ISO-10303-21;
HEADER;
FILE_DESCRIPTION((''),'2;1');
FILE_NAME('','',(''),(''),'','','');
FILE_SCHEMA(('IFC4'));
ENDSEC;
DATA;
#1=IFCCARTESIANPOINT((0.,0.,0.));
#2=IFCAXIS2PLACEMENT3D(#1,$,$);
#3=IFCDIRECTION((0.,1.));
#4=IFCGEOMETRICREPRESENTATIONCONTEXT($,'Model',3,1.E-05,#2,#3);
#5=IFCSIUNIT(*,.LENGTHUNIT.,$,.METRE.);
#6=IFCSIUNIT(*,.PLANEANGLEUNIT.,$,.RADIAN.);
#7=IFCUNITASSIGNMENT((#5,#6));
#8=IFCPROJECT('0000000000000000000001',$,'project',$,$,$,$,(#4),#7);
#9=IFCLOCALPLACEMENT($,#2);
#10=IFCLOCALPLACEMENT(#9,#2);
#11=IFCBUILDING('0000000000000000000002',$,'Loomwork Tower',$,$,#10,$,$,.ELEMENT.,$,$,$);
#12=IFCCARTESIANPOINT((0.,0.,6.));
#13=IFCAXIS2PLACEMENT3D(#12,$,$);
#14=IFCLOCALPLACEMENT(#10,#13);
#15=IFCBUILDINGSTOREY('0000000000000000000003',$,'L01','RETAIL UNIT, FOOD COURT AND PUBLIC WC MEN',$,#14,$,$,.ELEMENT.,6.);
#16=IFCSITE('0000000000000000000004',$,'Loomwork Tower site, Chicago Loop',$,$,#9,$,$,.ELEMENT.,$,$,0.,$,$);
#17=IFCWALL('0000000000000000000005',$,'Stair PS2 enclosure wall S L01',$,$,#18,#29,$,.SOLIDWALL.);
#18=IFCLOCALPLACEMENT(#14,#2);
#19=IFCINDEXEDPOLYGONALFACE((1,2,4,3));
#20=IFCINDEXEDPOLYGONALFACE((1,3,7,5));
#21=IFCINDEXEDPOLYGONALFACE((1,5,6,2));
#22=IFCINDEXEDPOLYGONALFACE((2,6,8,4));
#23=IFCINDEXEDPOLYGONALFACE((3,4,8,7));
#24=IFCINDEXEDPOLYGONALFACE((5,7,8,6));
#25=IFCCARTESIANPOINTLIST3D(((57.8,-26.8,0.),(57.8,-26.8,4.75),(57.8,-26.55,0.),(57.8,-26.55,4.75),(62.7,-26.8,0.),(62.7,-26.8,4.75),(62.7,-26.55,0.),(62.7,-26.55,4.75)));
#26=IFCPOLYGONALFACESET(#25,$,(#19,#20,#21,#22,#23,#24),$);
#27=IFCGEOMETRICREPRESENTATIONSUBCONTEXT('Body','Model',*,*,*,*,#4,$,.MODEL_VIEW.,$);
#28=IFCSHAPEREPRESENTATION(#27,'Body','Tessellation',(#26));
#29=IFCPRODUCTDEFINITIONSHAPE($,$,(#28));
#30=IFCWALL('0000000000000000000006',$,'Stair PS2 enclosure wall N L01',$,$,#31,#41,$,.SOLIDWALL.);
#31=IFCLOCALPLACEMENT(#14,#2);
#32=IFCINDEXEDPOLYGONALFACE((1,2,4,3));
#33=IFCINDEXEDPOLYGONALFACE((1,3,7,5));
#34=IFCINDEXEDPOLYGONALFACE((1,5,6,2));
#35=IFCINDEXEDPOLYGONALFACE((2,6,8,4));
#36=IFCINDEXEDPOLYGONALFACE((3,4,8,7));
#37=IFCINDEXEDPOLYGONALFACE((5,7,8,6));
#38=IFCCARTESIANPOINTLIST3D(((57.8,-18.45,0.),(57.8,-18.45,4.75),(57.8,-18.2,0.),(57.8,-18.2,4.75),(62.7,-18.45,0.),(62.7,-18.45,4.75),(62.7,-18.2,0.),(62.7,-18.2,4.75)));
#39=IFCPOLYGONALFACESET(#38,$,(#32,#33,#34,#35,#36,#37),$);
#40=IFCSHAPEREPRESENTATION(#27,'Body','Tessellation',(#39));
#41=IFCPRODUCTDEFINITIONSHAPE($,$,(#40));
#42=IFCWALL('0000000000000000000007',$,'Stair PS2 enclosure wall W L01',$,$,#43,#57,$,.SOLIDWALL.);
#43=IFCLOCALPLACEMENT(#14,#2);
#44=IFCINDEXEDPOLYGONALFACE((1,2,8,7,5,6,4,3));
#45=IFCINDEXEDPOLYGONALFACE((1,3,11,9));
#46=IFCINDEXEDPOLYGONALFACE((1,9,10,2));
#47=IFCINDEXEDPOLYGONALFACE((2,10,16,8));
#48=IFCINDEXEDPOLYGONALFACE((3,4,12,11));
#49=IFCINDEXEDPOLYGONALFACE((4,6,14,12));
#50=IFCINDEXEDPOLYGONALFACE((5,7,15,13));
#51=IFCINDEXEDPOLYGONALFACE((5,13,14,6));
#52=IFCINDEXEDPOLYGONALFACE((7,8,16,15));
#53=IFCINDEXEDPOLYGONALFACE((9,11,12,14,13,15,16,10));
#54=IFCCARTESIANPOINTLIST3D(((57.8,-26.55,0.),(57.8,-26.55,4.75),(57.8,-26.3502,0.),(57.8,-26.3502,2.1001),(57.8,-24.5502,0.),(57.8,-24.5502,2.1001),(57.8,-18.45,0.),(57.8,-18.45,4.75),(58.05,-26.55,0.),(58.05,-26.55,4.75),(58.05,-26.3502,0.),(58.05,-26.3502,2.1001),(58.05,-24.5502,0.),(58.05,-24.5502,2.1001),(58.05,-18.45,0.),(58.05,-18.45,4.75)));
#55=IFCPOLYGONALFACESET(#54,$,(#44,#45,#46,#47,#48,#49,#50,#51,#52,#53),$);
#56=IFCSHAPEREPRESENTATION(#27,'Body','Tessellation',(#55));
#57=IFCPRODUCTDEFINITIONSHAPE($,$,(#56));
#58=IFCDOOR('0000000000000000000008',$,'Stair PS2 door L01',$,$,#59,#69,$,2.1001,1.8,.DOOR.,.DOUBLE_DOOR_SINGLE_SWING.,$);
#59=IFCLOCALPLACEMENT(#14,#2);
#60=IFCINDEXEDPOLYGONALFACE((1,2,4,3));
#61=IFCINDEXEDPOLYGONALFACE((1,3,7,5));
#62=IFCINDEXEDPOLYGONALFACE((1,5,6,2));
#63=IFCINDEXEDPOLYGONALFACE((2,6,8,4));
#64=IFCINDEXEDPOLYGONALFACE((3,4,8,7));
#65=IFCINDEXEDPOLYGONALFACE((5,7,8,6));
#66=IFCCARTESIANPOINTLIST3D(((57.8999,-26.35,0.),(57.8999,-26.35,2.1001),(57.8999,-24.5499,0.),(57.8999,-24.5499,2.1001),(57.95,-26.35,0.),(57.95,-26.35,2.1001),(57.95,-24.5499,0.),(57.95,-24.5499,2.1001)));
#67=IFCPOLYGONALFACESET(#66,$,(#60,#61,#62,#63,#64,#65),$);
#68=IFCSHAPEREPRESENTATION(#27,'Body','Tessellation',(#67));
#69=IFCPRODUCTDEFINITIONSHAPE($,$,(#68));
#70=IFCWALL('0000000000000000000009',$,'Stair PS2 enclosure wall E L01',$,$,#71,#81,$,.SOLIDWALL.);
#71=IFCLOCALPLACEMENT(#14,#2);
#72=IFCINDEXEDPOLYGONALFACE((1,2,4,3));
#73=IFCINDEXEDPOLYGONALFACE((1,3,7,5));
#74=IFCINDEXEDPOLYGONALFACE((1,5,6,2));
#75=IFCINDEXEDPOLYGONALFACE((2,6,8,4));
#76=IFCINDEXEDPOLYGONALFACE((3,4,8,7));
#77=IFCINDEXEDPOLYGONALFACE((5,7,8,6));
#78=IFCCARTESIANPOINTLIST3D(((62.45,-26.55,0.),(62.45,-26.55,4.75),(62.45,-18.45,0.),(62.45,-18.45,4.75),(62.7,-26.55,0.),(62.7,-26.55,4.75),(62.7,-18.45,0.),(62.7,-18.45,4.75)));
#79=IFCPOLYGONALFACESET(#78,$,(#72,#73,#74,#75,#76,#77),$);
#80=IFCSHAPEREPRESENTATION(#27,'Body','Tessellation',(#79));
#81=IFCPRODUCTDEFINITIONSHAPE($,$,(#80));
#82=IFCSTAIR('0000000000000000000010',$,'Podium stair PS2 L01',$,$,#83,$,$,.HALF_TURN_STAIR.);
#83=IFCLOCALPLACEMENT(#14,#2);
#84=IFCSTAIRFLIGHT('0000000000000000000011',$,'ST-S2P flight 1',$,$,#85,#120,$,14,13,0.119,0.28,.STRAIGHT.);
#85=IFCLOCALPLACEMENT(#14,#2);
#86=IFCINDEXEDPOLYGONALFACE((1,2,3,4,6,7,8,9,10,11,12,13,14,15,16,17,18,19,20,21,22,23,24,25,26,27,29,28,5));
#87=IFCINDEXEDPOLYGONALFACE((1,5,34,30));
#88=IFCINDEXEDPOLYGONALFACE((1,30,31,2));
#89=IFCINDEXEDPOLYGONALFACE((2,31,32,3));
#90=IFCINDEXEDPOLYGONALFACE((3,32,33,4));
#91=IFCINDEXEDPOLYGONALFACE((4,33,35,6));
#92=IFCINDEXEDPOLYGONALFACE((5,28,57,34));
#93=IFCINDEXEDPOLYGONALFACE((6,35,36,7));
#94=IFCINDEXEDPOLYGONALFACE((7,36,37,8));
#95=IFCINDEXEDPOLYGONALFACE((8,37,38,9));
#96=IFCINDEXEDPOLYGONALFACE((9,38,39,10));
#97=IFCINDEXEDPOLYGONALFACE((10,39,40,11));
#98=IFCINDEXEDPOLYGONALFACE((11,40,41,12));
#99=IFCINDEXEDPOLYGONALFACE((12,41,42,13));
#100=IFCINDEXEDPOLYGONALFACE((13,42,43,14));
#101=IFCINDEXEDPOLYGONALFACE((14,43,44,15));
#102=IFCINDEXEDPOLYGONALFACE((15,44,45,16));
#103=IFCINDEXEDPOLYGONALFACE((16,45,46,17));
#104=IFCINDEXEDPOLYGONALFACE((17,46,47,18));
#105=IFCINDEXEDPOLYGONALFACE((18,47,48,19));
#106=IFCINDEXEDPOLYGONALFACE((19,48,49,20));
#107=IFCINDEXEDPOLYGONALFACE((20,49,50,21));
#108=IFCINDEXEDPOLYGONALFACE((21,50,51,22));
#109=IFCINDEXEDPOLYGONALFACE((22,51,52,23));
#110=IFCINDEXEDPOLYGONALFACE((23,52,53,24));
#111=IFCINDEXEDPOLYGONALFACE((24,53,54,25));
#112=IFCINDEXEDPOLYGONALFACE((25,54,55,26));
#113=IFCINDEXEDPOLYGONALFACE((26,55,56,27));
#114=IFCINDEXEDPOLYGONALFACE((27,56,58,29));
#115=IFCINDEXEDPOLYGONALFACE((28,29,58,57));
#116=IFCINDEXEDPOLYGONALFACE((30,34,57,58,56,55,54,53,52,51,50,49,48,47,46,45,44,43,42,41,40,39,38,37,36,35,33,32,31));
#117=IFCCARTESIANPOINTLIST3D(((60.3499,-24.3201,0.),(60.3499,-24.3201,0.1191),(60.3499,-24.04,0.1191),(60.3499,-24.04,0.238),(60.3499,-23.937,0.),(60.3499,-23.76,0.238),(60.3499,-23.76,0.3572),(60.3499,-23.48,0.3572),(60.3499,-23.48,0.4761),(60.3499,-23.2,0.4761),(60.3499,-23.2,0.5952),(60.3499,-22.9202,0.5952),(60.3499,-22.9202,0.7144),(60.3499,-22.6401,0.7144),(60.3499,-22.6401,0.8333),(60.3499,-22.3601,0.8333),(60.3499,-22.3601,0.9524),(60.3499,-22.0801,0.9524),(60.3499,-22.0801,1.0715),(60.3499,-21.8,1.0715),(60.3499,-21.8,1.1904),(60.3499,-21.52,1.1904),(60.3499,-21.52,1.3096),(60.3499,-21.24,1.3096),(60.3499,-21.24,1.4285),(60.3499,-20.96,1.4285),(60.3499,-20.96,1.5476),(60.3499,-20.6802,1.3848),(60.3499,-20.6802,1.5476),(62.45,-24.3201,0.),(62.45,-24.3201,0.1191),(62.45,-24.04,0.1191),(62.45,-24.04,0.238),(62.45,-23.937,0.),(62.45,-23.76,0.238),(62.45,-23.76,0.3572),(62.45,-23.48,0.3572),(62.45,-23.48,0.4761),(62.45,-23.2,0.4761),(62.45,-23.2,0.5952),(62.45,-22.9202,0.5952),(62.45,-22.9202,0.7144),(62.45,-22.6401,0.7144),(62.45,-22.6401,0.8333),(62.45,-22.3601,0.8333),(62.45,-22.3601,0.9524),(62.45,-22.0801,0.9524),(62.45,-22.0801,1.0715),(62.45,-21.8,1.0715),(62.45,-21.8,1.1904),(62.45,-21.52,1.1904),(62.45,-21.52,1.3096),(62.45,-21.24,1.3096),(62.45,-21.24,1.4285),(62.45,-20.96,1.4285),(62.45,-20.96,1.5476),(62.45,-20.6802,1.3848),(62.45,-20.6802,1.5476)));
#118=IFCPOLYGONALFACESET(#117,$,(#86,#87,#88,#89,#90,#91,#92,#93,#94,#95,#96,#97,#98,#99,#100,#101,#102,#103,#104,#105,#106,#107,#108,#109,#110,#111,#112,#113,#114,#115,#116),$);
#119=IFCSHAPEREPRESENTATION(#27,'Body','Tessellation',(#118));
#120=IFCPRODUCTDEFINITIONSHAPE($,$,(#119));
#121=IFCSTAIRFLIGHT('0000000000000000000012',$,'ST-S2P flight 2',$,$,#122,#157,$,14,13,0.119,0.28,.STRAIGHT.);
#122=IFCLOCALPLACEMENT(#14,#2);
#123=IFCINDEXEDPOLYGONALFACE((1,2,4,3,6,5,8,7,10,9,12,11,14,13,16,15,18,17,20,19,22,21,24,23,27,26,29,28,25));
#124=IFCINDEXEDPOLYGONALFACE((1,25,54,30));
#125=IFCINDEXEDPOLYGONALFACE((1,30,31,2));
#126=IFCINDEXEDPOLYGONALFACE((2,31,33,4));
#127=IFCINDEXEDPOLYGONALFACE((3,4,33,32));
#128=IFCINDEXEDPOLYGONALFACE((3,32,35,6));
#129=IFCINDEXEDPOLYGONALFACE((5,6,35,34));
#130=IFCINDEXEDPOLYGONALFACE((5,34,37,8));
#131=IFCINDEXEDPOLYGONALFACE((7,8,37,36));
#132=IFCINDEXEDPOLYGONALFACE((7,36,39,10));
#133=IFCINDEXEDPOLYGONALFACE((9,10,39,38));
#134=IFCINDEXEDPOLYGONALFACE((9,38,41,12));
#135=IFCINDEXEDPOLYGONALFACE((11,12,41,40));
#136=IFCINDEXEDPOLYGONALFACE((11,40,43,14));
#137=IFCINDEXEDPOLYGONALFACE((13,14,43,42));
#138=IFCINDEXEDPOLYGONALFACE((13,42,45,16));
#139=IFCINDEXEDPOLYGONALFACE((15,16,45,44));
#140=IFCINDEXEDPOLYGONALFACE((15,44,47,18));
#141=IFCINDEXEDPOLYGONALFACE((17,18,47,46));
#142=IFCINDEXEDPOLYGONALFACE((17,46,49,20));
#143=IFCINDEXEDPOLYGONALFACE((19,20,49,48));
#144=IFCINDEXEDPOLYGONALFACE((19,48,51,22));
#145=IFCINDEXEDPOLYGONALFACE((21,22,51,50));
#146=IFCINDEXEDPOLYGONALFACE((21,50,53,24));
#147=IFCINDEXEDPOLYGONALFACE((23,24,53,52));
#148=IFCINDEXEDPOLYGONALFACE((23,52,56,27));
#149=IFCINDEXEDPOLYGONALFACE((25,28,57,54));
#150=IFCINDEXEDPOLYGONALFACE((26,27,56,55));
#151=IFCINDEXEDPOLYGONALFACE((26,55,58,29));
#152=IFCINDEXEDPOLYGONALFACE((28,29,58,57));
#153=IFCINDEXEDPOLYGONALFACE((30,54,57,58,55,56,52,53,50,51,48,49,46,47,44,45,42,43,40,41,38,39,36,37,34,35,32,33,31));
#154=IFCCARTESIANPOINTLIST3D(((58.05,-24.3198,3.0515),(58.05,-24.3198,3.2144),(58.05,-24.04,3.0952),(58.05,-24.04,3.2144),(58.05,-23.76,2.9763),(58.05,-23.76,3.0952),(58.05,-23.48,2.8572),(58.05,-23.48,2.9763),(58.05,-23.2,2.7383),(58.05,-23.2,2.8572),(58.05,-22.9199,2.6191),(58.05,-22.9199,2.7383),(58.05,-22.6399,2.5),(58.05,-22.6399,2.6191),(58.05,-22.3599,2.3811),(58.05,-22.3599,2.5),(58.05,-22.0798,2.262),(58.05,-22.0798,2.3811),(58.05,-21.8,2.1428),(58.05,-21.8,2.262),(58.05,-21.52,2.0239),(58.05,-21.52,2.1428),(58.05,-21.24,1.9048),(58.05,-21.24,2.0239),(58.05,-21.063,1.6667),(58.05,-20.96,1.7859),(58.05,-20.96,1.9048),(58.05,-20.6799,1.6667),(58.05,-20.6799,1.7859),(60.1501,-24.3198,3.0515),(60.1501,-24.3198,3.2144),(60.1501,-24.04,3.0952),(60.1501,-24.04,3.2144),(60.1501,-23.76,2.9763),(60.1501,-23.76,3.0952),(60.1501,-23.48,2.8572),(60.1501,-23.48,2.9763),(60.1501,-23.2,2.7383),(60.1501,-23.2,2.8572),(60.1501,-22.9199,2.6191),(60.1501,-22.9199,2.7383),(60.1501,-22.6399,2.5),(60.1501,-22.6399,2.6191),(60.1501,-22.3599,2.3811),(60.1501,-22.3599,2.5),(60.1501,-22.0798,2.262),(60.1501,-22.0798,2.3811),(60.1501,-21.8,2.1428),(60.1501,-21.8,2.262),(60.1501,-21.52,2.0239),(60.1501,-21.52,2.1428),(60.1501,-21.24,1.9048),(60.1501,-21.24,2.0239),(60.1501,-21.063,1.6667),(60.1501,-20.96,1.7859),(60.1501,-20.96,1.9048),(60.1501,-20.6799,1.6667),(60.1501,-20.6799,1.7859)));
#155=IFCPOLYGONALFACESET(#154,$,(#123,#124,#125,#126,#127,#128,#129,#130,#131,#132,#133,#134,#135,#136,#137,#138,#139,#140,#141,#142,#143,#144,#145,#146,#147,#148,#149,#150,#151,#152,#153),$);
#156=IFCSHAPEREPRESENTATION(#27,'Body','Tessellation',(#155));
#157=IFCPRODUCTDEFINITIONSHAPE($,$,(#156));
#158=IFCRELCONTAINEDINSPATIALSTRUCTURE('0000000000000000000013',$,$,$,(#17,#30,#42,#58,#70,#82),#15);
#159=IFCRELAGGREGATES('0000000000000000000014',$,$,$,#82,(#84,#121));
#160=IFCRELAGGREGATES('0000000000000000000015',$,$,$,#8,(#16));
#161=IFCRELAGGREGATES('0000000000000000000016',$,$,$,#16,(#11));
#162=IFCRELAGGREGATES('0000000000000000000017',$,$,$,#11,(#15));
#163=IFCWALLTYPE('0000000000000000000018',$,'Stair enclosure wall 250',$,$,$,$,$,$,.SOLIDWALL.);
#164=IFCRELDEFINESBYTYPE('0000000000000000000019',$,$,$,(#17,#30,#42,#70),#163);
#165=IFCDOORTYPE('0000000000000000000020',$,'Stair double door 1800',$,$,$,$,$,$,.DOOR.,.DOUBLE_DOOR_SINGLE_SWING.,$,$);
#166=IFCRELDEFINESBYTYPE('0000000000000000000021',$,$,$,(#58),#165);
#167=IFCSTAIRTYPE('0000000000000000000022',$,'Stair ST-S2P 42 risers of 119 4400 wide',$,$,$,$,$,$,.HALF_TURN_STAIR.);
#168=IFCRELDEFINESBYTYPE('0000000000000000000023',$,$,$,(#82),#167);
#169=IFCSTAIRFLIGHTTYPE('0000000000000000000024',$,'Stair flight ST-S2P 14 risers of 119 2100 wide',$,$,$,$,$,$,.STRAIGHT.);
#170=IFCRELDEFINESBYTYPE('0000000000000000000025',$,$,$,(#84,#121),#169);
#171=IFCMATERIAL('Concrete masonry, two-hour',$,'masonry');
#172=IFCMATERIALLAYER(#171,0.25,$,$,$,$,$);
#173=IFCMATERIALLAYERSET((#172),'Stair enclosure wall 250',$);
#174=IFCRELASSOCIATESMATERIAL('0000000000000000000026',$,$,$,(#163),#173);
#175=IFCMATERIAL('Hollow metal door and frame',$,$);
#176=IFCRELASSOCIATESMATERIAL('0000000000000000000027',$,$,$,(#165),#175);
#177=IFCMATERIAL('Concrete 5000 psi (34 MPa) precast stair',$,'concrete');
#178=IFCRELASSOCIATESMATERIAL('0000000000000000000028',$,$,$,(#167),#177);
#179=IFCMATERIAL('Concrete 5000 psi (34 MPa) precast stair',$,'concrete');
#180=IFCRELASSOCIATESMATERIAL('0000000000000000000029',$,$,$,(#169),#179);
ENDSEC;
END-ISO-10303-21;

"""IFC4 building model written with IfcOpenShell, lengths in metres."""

from ifc_helpers import new_model, si_unit, direction, frame, frame_2d, origin, place, context, subcontext, project, spatial, polyline, rectangle, outline, extrude, material, layer, layer_set, type_object, element, fill, aggregate, save


model = new_model("IFC4")

# Units and contexts
model_context = context("Model", 3, precision=1e-05, world=origin(), true_north=direction((0.0, 1.0)))
body_context = subcontext(model_context, "Body", "Model", "MODEL_VIEW")
ifc_project = project(units=[si_unit("LENGTHUNIT", "METRE"), si_unit("PLANEANGLEUNIT", "RADIAN")], contexts=[model_context])

# Site, building, storey
site_placement = place(None, origin())
site = spatial("IfcSite", under=ifc_project, at=site_placement, Name="Loomwork Tower site, Chicago Loop", CompositionType="ELEMENT", RefElevation=0.0)
building_placement = place(site_placement, origin())
building = spatial("IfcBuilding", under=site, at=building_placement, Name="Loomwork Tower", CompositionType="ELEMENT")
storey_placement = place(building_placement, frame((0.0, 0.0, 6.0)))
storey = spatial("IfcBuildingStorey", under=building, at=storey_placement, Name="L01", Description="RETAIL UNIT, FOOD COURT AND PUBLIC WC MEN", CompositionType="ELEMENT", Elevation=6.0)

# Walls
ifc_material_1 = material(Name="Concrete masonry, two-hour", Category="masonry")
ifc_layer_1 = layer(ifc_material_1, 0.25)
ifc_layer_set_1 = layer_set([ifc_layer_1], Name="Stair enclosure wall 250")
wall_type_1 = type_object("IfcWallType", Name="Stair enclosure wall 250", PredefinedType="SOLIDWALL", material=ifc_layer_set_1)
for number, where, z_axis, x_axis, name in (
    (1, (57.8, -26.675, 0.0), (0.0, 0.0, 1.0), (1.0, 0.0, 0.0), "Stair PS2 enclosure wall S L01"),
    (2, (57.8, -18.325, 0.0), (0.0, 0.0, 1.0), (1.0, 0.0, 0.0), "Stair PS2 enclosure wall N L01"),
):
    element("IfcWall", number, at=place(storey_placement, frame(where, z_axis=z_axis, x_axis=x_axis)), inside=storey, type_object=wall_type_1, Name=name, PredefinedType="SOLIDWALL", context=body_context, shape_type="SweptSolid", body=[
        extrude(rectangle(XDim=4.8999, YDim=0.25, at=frame_2d((2.45, 0.0))), origin(), (0.0, 0.0, 1.0), 4.75),
    ])

# Wall, opening, door
wall_1_placement = place(storey_placement, frame((57.925, -26.55, 0.0), z_axis=(0.0, 0.0, 1.0), x_axis=(0.0, 1.0, 0.0)))
wall_1 = element("IfcWall", 3, at=wall_1_placement, inside=storey, type_object=wall_type_1, Name="Stair PS2 enclosure wall W L01", PredefinedType="SOLIDWALL", context=body_context, shape_type="SweptSolid", body=[
    extrude(rectangle(XDim=8.1001, YDim=0.25, at=frame_2d((4.05, 0.0))), origin(), (0.0, 0.0, 1.0), 4.75),
])
opening_1_placement = place(wall_1_placement, frame((0.2, 0.0, 0.0)))
opening_1 = element("IfcOpeningElement", 4, at=opening_1_placement, cuts=wall_1, PredefinedType="OPENING", context=body_context, shape_type="SweptSolid", body=[
    extrude(rectangle(XDim=1.8, YDim=2.1001, at=frame_2d((0.8999, 1.05))), frame((0.0, 0.135, 0.0), z_axis=(0.0, -1.0, 0.0), x_axis=(1.0, 0.0, 0.0)), (0.0, 0.0, 1.0), 0.27),
])
ifc_material_2 = material(Name="Hollow metal door and frame")
door_type = type_object("IfcDoorType", Name="Stair double door 1800", OperationType="DOUBLE_DOOR_SINGLE_SWING", PredefinedType="DOOR", material=ifc_material_2)
door_placement = place(opening_1_placement, frame((1.8, 0.0, 0.0), z_axis=(0.0, 0.0, 1.0), x_axis=(-1.0, 0.0, 0.0)))
door = element("IfcDoor", 5, at=door_placement, inside=storey, type_object=door_type, Name="Stair PS2 door L01", OperationType="DOUBLE_DOOR_SINGLE_SWING", OverallHeight=2.1001, OverallWidth=1.8, PredefinedType="DOOR", context=body_context, shape_type="SweptSolid", body=[
    extrude(rectangle(XDim=1.8, YDim=2.1001, at=frame_2d((0.8999, 1.05))), frame((0.0, 0.0249, 0.0), z_axis=(0.0, -1.0, 0.0), x_axis=(1.0, 0.0, 0.0)), (0.0, 0.0, 1.0), 0.05),
])
fill(opening_1, door)

# Wall
wall_2_placement = place(storey_placement, frame((62.575, -26.55, 0.0), z_axis=(0.0, 0.0, 1.0), x_axis=(0.0, 1.0, 0.0)))
element("IfcWall", 6, at=wall_2_placement, inside=storey, type_object=wall_type_1, Name="Stair PS2 enclosure wall E L01", PredefinedType="SOLIDWALL", context=body_context, shape_type="SweptSolid", body=[
    extrude(rectangle(XDim=8.1001, YDim=0.25, at=frame_2d((4.05, 0.0))), origin(), (0.0, 0.0, 1.0), 4.75),
])

# Stair, stair flights
ifc_material_3 = material(Name="Concrete 5000 psi (34 MPa) precast stair", Category="concrete")
stair_type = type_object("IfcStairType", Name="Stair ST-S2P 42 risers of 119 4400 wide", PredefinedType="HALF_TURN_STAIR", material=ifc_material_3)
stair_placement = place(storey_placement, origin())
stair = element("IfcStair", 7, at=stair_placement, inside=storey, type_object=stair_type, Name="Podium stair PS2 L01", PredefinedType="HALF_TURN_STAIR")
ifc_material_4 = material(Name="Concrete 5000 psi (34 MPa) precast stair", Category="concrete")
stair_flight_type = type_object("IfcStairFlightType", Name="Stair flight ST-S2P 14 risers of 119 2100 wide", PredefinedType="STRAIGHT", material=ifc_material_4)
stair_flight_1_placement = place(storey_placement, frame((61.3999, -24.3201, 0.0), z_axis=(0.0, 0.0, 1.0), x_axis=(0.0, 1.0, 0.0)))
stair_flight_1 = element("IfcStairFlight", 8, at=stair_flight_1_placement, type_object=stair_flight_type, Name="ST-S2P flight 1", NumberOfRisers=14, NumberOfTreads=13, PredefinedType="STRAIGHT", RiserHeight=0.119, TreadLength=0.28, context=body_context, shape_type="SweptSolid", body=[
    extrude(outline(polyline([(0.0, 0.0), (0.0, 0.1191), (0.28, 0.1191), (0.28, 0.238), (0.5601, 0.238), (0.5601, 0.3572), (0.8401, 0.3572), (0.8401, 0.4761), (1.1201, 0.4761), (1.1201, 0.5952), (1.3999, 0.5952), (1.3999, 0.7144), (1.6799, 0.7144), (1.6799, 0.8333), (1.96, 0.8333), (1.96, 0.9524), (2.24, 0.9524), (2.24, 1.0715), (2.52, 1.0715), (2.52, 1.1904), (2.8, 1.1904), (2.8, 1.3096), (3.0801, 1.3096), (3.0801, 1.4285), (3.3601, 1.4285), (3.3601, 1.5476), (3.6399, 1.5476), (3.6399, 1.6667), (3.6399, 1.3848), (0.3831, 0.0), (0.0, 0.0)])), frame((0.0, 1.05, 0.0), z_axis=(0.0, -1.0, 0.0), x_axis=(1.0, 0.0, 0.0)), (0.0, 0.0, 1.0), 2.1001),
])
stair_flight_2_placement = place(storey_placement, frame((59.1001, -20.6799, 1.6667), z_axis=(0.0, 0.0, 1.0), x_axis=(0.0, -1.0, 0.0)))
stair_flight_2 = element("IfcStairFlight", 9, at=stair_flight_2_placement, type_object=stair_flight_type, Name="ST-S2P flight 2", NumberOfRisers=14, NumberOfTreads=13, PredefinedType="STRAIGHT", RiserHeight=0.119, TreadLength=0.28, context=body_context, shape_type="SweptSolid", body=[
    extrude(outline(polyline([(0.0, 0.0), (0.0, 0.1191), (0.28, 0.1191), (0.28, 0.238), (0.5601, 0.238), (0.5601, 0.3572), (0.8401, 0.3572), (0.8401, 0.4761), (1.1201, 0.4761), (1.1201, 0.5952), (1.3999, 0.5952), (1.3999, 0.7144), (1.6799, 0.7144), (1.6799, 0.8333), (1.96, 0.8333), (1.96, 0.9524), (2.24, 0.9524), (2.24, 1.0715), (2.52, 1.0715), (2.52, 1.1904), (2.8, 1.1904), (2.8, 1.3096), (3.0801, 1.3096), (3.0801, 1.4285), (3.3601, 1.4285), (3.3601, 1.5476), (3.6399, 1.5476), (3.6399, 1.6667), (3.6399, 1.3848), (0.3831, 0.0), (0.0, 0.0)])), frame((0.0, 1.05, 0.0), z_axis=(0.0, -1.0, 0.0), x_axis=(1.0, 0.0, 0.0)), (0.0, 0.0, 1.0), 2.1001),
])
aggregate(stair, [stair_flight_1, stair_flight_2])

save(model, "model.ifc")
